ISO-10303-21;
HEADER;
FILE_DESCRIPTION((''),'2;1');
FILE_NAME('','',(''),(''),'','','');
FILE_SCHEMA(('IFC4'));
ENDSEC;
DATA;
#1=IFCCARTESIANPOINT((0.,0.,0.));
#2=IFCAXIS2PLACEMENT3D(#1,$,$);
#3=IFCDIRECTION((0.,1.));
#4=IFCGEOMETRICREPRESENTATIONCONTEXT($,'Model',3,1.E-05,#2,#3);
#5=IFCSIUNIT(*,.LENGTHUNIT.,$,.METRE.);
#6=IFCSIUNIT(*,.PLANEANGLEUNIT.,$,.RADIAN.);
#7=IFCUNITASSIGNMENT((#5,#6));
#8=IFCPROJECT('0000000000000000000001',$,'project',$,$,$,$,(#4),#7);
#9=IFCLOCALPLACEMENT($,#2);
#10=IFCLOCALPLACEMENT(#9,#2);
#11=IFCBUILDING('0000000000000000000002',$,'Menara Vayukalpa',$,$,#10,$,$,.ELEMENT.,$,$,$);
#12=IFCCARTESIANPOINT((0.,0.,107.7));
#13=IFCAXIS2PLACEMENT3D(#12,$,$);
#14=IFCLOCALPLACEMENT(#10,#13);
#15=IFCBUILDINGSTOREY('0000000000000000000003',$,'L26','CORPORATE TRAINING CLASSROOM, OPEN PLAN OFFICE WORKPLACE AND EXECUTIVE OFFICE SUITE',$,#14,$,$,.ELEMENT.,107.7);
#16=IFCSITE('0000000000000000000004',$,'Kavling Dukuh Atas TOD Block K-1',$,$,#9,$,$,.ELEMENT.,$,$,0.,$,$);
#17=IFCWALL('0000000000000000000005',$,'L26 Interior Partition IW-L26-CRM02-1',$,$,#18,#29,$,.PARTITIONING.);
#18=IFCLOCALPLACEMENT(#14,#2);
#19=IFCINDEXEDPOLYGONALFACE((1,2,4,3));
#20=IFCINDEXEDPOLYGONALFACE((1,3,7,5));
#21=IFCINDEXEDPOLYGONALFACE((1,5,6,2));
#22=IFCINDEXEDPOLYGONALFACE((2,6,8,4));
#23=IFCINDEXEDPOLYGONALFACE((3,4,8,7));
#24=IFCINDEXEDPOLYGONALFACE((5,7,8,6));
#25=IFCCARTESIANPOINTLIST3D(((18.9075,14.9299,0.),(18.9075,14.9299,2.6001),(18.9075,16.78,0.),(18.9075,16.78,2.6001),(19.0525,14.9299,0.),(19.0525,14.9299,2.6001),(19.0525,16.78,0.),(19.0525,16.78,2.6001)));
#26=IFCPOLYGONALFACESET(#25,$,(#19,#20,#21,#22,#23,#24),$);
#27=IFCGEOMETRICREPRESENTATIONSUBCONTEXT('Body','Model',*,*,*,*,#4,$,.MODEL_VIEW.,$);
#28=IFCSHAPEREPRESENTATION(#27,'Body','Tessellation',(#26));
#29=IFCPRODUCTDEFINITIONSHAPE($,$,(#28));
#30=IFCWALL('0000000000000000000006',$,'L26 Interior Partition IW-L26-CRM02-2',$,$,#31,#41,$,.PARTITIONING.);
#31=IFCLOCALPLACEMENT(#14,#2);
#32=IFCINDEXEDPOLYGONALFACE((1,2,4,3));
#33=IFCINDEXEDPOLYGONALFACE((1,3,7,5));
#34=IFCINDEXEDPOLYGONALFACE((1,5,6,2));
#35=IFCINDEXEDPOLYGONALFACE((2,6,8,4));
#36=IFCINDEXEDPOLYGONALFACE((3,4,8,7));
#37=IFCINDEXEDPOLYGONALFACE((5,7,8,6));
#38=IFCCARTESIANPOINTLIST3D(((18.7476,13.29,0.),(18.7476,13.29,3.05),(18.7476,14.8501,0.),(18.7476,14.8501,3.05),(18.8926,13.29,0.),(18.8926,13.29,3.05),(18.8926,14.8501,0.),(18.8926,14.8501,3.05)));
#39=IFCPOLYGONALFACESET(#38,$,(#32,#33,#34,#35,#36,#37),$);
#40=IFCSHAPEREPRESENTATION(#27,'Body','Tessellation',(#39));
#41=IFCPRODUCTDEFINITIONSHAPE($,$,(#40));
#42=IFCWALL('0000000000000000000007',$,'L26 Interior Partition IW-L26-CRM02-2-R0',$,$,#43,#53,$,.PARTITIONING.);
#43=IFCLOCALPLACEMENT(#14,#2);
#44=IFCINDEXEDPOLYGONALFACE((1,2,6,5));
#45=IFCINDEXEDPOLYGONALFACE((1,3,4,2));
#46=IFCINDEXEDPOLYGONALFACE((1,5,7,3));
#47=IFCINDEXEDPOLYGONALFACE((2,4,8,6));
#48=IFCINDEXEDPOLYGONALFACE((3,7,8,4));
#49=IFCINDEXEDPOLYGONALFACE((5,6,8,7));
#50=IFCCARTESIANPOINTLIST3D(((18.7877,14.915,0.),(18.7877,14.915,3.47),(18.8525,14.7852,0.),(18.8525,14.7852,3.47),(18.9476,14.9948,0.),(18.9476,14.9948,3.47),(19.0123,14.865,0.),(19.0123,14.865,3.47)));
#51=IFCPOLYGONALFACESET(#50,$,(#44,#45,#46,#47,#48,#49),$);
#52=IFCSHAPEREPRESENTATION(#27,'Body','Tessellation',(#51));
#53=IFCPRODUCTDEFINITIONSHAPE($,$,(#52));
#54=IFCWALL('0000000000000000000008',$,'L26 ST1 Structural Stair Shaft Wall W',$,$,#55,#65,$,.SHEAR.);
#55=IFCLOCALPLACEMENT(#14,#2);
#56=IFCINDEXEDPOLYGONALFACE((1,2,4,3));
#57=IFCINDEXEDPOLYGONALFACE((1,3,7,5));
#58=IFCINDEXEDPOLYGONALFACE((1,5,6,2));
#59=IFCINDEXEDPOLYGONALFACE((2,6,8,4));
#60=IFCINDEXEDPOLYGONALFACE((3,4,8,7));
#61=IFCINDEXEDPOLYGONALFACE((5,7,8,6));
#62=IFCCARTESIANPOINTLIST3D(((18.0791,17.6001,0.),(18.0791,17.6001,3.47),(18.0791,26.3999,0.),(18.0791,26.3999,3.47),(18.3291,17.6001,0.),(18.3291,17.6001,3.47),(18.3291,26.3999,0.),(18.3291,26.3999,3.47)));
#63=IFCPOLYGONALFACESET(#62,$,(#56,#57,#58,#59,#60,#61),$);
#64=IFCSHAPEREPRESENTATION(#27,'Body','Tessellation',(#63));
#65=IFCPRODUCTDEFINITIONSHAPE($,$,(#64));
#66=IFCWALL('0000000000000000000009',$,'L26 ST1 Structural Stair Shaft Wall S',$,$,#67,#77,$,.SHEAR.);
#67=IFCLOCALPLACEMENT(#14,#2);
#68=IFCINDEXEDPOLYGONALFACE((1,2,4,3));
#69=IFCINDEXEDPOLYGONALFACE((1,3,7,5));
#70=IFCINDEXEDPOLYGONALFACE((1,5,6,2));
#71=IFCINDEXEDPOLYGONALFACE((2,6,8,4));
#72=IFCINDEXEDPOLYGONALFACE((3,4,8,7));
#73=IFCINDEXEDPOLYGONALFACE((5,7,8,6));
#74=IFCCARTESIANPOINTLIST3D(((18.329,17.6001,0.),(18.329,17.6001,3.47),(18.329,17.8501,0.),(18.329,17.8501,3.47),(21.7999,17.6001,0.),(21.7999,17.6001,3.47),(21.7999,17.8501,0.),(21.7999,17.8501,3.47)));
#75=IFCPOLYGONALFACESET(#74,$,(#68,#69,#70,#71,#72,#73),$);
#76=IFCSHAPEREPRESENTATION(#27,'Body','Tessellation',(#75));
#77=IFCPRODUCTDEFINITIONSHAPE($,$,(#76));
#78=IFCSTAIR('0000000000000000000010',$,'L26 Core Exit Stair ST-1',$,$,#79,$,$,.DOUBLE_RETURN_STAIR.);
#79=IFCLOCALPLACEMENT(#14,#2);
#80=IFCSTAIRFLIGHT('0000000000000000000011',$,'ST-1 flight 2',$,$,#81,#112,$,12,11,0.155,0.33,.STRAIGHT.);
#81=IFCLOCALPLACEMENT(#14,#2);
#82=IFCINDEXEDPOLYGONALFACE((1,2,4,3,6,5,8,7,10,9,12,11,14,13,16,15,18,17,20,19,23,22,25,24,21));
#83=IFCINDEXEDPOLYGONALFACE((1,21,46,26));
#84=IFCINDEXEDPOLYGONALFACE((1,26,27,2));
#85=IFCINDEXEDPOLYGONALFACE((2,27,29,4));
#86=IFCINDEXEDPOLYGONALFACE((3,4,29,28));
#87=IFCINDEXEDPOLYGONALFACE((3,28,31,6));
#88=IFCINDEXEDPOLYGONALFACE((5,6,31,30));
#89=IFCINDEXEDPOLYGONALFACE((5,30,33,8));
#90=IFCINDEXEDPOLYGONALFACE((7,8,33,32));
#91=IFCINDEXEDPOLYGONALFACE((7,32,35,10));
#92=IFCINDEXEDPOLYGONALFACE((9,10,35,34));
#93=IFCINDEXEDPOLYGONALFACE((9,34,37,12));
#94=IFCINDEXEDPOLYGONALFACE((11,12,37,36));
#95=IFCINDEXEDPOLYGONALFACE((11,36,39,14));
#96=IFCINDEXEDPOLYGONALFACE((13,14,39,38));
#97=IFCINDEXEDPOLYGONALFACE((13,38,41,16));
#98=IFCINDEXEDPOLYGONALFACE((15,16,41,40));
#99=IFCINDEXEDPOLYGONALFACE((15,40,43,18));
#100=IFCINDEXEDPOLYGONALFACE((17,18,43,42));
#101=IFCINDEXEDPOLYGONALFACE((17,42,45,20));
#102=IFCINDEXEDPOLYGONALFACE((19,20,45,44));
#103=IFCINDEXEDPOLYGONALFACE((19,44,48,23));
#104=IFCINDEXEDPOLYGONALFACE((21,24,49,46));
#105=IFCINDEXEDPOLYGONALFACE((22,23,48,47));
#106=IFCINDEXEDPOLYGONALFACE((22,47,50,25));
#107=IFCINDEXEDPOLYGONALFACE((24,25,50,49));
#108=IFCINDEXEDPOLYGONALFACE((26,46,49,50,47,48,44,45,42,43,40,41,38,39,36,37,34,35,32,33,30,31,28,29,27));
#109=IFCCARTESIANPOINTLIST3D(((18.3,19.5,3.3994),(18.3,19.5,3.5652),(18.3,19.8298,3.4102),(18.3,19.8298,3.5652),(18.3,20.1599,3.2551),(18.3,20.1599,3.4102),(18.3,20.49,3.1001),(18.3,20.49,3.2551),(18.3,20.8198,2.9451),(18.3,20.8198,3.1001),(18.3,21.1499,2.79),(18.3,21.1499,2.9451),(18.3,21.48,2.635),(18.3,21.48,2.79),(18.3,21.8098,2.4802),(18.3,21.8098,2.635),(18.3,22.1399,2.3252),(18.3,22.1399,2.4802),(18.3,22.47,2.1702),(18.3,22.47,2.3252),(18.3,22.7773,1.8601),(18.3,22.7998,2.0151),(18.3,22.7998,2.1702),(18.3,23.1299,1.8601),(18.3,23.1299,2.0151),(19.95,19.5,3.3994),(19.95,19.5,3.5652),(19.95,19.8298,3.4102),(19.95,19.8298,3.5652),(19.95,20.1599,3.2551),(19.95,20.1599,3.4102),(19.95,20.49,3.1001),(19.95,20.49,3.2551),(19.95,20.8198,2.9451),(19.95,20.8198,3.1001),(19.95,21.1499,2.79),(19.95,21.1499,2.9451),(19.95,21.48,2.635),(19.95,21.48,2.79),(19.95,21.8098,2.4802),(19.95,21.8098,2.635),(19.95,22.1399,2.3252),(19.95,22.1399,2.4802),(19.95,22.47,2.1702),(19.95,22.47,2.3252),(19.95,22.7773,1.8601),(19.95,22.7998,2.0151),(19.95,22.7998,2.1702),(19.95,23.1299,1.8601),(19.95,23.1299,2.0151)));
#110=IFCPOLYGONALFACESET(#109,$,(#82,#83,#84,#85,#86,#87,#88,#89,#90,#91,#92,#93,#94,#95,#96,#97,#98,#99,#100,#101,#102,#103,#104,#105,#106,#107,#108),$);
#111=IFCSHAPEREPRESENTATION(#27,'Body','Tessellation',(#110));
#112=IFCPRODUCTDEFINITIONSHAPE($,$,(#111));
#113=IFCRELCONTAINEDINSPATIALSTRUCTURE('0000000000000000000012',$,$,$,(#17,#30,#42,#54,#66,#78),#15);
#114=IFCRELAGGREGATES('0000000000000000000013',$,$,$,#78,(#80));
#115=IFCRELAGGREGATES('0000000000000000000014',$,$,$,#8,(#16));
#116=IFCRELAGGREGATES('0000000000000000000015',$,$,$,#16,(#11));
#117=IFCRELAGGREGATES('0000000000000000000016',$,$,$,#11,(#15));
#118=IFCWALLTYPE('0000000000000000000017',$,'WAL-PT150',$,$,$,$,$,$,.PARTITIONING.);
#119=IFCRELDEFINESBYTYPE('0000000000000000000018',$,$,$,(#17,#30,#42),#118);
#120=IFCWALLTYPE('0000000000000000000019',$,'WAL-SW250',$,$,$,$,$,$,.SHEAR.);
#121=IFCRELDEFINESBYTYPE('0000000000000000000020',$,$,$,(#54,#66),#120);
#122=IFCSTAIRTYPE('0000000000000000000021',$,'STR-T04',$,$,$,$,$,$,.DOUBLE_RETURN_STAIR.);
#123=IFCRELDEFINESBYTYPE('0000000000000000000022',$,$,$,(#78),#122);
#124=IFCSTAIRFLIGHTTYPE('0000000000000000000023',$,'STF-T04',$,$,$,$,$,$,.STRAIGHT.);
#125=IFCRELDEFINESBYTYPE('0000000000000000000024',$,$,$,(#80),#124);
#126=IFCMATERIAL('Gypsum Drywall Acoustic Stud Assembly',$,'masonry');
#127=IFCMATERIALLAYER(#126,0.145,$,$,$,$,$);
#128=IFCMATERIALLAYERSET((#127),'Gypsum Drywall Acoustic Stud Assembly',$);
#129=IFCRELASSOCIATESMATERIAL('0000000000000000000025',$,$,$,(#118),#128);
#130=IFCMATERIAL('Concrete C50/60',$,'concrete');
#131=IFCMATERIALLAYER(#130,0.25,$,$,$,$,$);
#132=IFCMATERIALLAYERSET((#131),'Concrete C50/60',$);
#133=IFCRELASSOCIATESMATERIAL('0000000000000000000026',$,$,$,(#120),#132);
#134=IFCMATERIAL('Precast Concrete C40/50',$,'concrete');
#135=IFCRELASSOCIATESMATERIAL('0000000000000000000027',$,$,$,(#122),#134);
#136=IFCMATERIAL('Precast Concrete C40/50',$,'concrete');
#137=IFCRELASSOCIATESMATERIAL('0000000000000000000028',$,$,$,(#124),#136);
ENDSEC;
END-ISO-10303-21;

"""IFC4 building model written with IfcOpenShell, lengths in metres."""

from ifc_helpers import new_model, si_unit, direction, frame, frame_2d, origin, place, context, subcontext, project, spatial, polyline, rectangle, outline, extrude, material, layer, layer_set, type_object, element, aggregate, save


model = new_model("IFC4")

# Units and contexts
model_context = context("Model", 3, precision=1e-05, world=origin(), true_north=direction((0.0, 1.0)))
body_context = subcontext(model_context, "Body", "Model", "MODEL_VIEW")
ifc_project = project(units=[si_unit("LENGTHUNIT", "METRE"), si_unit("PLANEANGLEUNIT", "RADIAN")], contexts=[model_context])

# Site, building, storey
site_placement = place(None, origin())
site = spatial("IfcSite", under=ifc_project, at=site_placement, Name="Kavling Dukuh Atas TOD Block K-1", CompositionType="ELEMENT", RefElevation=0.0)
building_placement = place(site_placement, origin())
building = spatial("IfcBuilding", under=site, at=building_placement, Name="Menara Vayukalpa", CompositionType="ELEMENT")
storey_placement = place(building_placement, frame((0.0, 0.0, 107.7)))
storey = spatial("IfcBuildingStorey", under=building, at=storey_placement, Name="L26", Description="CORPORATE TRAINING CLASSROOM, OPEN PLAN OFFICE WORKPLACE AND EXECUTIVE OFFICE SUITE", CompositionType="ELEMENT", Elevation=107.7)

# Shared definitions
ifc_material_1 = material(Name="Gypsum Drywall Acoustic Stud Assembly", Category="masonry")
ifc_layer_1 = layer(ifc_material_1, 0.145)
ifc_layer_set_1 = layer_set([ifc_layer_1], Name="Gypsum Drywall Acoustic Stud Assembly")
wall_type_1 = type_object("IfcWallType", Name="WAL-PT150", PredefinedType="PARTITIONING", material=ifc_layer_set_1)

# Walls
wall_1_placement = place(storey_placement, frame((18.98, 16.78, 0.0), z_axis=(0.0, 0.0, 1.0), x_axis=(0.0, -1.0, 0.0)))
element("IfcWall", 1, at=wall_1_placement, inside=storey, type_object=wall_type_1, Name="L26 Interior Partition IW-L26-CRM02-1", PredefinedType="PARTITIONING", context=body_context, shape_type="SweptSolid", body=[
    extrude(rectangle(XDim=1.8501, YDim=0.145, at=frame_2d((0.925, 0.0))), origin(), (0.0, 0.0, 1.0), 2.6001),
])
wall_2_placement = place(storey_placement, frame((18.8201, 14.8501, 0.0), z_axis=(0.0, 0.0, 1.0), x_axis=(0.0, -1.0, 0.0)))
element("IfcWall", 2, at=wall_2_placement, inside=storey, type_object=wall_type_1, Name="L26 Interior Partition IW-L26-CRM02-2", PredefinedType="PARTITIONING", context=body_context, shape_type="SweptSolid", body=[
    extrude(rectangle(XDim=1.5601, YDim=0.145, at=frame_2d((0.78, 0.0))), origin(), (0.0, 0.0, 1.0), 3.05),
])
wall_3_placement = place(storey_placement, frame((18.8201, 14.8501, 0.0), z_axis=(0.0, 0.0, 1.0), x_axis=(0.8947, 0.446667, 0.0)))
element("IfcWall", 3, at=wall_3_placement, inside=storey, type_object=wall_type_1, Name="L26 Interior Partition IW-L26-CRM02-2-R0", PredefinedType="PARTITIONING", context=body_context, shape_type="SweptSolid", body=[
    extrude(rectangle(XDim=0.1787, YDim=0.145, at=frame_2d((0.0894, 0.0))), origin(), (0.0, 0.0, 1.0), 3.47),
])
ifc_material_2 = material(Name="Concrete C50/60", Category="concrete")
ifc_layer_2 = layer(ifc_material_2, 0.25)
ifc_layer_set_2 = layer_set([ifc_layer_2], Name="Concrete C50/60")
wall_type_2 = type_object("IfcWallType", Name="WAL-SW250", PredefinedType="SHEAR", material=ifc_layer_set_2)
wall_4_placement = place(storey_placement, frame((18.2041, 17.6001, 0.0), z_axis=(0.0, 0.0, 1.0), x_axis=(0.0, 1.0, 0.0)))
element("IfcWall", 4, at=wall_4_placement, inside=storey, type_object=wall_type_2, Name="L26 ST1 Structural Stair Shaft Wall W", PredefinedType="SHEAR", context=body_context, shape_type="SweptSolid", body=[
    extrude(rectangle(XDim=8.7998, YDim=0.25, at=frame_2d((4.3999, 0.0))), origin(), (0.0, 0.0, 1.0), 3.47),
])
wall_5_placement = place(storey_placement, frame((18.3291, 17.7251, 0.0), z_axis=(0.0, 0.0, 1.0), x_axis=(1.0, 0.0, 0.0)))
element("IfcWall", 5, at=wall_5_placement, inside=storey, type_object=wall_type_2, Name="L26 ST1 Structural Stair Shaft Wall S", PredefinedType="SHEAR", context=body_context, shape_type="SweptSolid", body=[
    extrude(rectangle(XDim=3.4709, YDim=0.25, at=frame_2d((1.7354, 0.0))), origin(), (0.0, 0.0, 1.0), 3.47),
])

# Stair, stair flight
ifc_material_3 = material(Name="Precast Concrete C40/50", Category="concrete")
stair_type = type_object("IfcStairType", Name="STR-T04", PredefinedType="DOUBLE_RETURN_STAIR", material=ifc_material_3)
stair_placement = place(storey_placement, origin())
stair = element("IfcStair", 6, at=stair_placement, inside=storey, type_object=stair_type, Name="L26 Core Exit Stair ST-1", PredefinedType="DOUBLE_RETURN_STAIR")
ifc_material_4 = material(Name="Precast Concrete C40/50", Category="concrete")
stair_flight_type = type_object("IfcStairFlightType", Name="STF-T04", PredefinedType="STRAIGHT", material=ifc_material_4)
stair_flight_placement = place(storey_placement, frame((19.125, 23.1299, 1.8601), z_axis=(0.0, 0.0, 1.0), x_axis=(0.0, -1.0, 0.0)))
stair_flight = element("IfcStairFlight", 7, at=stair_flight_placement, type_object=stair_flight_type, Name="ST-1 flight 2", NumberOfRisers=12, NumberOfTreads=11, PredefinedType="STRAIGHT", RiserHeight=0.155, TreadLength=0.33, context=body_context, shape_type="SweptSolid", body=[
    extrude(outline(polyline([(0.0, 0.0), (0.0, 0.155), (0.3301, 0.155), (0.3301, 0.3101), (0.6599, 0.3101), (0.6599, 0.4651), (0.99, 0.4651), (0.99, 0.6201), (1.3201, 0.6201), (1.3201, 0.7749), (1.6499, 0.7749), (1.6499, 0.9299), (1.98, 0.9299), (1.98, 1.085), (2.3101, 1.085), (2.3101, 1.24), (2.6399, 1.24), (2.6399, 1.395), (2.97, 1.395), (2.97, 1.55), (3.3, 1.55), (3.3, 1.7051), (3.6299, 1.7051), (3.6299, 1.8601), (3.6299, 1.5393), (0.3525, 0.0), (0.0, 0.0)])), frame((0.0, 0.825, 0.0), z_axis=(0.0, -1.0, 0.0), x_axis=(1.0, 0.0, 0.0)), (0.0, 0.0, 1.0), 1.6499),
])
aggregate(stair, [stair_flight])

save(model, "model.ifc")
